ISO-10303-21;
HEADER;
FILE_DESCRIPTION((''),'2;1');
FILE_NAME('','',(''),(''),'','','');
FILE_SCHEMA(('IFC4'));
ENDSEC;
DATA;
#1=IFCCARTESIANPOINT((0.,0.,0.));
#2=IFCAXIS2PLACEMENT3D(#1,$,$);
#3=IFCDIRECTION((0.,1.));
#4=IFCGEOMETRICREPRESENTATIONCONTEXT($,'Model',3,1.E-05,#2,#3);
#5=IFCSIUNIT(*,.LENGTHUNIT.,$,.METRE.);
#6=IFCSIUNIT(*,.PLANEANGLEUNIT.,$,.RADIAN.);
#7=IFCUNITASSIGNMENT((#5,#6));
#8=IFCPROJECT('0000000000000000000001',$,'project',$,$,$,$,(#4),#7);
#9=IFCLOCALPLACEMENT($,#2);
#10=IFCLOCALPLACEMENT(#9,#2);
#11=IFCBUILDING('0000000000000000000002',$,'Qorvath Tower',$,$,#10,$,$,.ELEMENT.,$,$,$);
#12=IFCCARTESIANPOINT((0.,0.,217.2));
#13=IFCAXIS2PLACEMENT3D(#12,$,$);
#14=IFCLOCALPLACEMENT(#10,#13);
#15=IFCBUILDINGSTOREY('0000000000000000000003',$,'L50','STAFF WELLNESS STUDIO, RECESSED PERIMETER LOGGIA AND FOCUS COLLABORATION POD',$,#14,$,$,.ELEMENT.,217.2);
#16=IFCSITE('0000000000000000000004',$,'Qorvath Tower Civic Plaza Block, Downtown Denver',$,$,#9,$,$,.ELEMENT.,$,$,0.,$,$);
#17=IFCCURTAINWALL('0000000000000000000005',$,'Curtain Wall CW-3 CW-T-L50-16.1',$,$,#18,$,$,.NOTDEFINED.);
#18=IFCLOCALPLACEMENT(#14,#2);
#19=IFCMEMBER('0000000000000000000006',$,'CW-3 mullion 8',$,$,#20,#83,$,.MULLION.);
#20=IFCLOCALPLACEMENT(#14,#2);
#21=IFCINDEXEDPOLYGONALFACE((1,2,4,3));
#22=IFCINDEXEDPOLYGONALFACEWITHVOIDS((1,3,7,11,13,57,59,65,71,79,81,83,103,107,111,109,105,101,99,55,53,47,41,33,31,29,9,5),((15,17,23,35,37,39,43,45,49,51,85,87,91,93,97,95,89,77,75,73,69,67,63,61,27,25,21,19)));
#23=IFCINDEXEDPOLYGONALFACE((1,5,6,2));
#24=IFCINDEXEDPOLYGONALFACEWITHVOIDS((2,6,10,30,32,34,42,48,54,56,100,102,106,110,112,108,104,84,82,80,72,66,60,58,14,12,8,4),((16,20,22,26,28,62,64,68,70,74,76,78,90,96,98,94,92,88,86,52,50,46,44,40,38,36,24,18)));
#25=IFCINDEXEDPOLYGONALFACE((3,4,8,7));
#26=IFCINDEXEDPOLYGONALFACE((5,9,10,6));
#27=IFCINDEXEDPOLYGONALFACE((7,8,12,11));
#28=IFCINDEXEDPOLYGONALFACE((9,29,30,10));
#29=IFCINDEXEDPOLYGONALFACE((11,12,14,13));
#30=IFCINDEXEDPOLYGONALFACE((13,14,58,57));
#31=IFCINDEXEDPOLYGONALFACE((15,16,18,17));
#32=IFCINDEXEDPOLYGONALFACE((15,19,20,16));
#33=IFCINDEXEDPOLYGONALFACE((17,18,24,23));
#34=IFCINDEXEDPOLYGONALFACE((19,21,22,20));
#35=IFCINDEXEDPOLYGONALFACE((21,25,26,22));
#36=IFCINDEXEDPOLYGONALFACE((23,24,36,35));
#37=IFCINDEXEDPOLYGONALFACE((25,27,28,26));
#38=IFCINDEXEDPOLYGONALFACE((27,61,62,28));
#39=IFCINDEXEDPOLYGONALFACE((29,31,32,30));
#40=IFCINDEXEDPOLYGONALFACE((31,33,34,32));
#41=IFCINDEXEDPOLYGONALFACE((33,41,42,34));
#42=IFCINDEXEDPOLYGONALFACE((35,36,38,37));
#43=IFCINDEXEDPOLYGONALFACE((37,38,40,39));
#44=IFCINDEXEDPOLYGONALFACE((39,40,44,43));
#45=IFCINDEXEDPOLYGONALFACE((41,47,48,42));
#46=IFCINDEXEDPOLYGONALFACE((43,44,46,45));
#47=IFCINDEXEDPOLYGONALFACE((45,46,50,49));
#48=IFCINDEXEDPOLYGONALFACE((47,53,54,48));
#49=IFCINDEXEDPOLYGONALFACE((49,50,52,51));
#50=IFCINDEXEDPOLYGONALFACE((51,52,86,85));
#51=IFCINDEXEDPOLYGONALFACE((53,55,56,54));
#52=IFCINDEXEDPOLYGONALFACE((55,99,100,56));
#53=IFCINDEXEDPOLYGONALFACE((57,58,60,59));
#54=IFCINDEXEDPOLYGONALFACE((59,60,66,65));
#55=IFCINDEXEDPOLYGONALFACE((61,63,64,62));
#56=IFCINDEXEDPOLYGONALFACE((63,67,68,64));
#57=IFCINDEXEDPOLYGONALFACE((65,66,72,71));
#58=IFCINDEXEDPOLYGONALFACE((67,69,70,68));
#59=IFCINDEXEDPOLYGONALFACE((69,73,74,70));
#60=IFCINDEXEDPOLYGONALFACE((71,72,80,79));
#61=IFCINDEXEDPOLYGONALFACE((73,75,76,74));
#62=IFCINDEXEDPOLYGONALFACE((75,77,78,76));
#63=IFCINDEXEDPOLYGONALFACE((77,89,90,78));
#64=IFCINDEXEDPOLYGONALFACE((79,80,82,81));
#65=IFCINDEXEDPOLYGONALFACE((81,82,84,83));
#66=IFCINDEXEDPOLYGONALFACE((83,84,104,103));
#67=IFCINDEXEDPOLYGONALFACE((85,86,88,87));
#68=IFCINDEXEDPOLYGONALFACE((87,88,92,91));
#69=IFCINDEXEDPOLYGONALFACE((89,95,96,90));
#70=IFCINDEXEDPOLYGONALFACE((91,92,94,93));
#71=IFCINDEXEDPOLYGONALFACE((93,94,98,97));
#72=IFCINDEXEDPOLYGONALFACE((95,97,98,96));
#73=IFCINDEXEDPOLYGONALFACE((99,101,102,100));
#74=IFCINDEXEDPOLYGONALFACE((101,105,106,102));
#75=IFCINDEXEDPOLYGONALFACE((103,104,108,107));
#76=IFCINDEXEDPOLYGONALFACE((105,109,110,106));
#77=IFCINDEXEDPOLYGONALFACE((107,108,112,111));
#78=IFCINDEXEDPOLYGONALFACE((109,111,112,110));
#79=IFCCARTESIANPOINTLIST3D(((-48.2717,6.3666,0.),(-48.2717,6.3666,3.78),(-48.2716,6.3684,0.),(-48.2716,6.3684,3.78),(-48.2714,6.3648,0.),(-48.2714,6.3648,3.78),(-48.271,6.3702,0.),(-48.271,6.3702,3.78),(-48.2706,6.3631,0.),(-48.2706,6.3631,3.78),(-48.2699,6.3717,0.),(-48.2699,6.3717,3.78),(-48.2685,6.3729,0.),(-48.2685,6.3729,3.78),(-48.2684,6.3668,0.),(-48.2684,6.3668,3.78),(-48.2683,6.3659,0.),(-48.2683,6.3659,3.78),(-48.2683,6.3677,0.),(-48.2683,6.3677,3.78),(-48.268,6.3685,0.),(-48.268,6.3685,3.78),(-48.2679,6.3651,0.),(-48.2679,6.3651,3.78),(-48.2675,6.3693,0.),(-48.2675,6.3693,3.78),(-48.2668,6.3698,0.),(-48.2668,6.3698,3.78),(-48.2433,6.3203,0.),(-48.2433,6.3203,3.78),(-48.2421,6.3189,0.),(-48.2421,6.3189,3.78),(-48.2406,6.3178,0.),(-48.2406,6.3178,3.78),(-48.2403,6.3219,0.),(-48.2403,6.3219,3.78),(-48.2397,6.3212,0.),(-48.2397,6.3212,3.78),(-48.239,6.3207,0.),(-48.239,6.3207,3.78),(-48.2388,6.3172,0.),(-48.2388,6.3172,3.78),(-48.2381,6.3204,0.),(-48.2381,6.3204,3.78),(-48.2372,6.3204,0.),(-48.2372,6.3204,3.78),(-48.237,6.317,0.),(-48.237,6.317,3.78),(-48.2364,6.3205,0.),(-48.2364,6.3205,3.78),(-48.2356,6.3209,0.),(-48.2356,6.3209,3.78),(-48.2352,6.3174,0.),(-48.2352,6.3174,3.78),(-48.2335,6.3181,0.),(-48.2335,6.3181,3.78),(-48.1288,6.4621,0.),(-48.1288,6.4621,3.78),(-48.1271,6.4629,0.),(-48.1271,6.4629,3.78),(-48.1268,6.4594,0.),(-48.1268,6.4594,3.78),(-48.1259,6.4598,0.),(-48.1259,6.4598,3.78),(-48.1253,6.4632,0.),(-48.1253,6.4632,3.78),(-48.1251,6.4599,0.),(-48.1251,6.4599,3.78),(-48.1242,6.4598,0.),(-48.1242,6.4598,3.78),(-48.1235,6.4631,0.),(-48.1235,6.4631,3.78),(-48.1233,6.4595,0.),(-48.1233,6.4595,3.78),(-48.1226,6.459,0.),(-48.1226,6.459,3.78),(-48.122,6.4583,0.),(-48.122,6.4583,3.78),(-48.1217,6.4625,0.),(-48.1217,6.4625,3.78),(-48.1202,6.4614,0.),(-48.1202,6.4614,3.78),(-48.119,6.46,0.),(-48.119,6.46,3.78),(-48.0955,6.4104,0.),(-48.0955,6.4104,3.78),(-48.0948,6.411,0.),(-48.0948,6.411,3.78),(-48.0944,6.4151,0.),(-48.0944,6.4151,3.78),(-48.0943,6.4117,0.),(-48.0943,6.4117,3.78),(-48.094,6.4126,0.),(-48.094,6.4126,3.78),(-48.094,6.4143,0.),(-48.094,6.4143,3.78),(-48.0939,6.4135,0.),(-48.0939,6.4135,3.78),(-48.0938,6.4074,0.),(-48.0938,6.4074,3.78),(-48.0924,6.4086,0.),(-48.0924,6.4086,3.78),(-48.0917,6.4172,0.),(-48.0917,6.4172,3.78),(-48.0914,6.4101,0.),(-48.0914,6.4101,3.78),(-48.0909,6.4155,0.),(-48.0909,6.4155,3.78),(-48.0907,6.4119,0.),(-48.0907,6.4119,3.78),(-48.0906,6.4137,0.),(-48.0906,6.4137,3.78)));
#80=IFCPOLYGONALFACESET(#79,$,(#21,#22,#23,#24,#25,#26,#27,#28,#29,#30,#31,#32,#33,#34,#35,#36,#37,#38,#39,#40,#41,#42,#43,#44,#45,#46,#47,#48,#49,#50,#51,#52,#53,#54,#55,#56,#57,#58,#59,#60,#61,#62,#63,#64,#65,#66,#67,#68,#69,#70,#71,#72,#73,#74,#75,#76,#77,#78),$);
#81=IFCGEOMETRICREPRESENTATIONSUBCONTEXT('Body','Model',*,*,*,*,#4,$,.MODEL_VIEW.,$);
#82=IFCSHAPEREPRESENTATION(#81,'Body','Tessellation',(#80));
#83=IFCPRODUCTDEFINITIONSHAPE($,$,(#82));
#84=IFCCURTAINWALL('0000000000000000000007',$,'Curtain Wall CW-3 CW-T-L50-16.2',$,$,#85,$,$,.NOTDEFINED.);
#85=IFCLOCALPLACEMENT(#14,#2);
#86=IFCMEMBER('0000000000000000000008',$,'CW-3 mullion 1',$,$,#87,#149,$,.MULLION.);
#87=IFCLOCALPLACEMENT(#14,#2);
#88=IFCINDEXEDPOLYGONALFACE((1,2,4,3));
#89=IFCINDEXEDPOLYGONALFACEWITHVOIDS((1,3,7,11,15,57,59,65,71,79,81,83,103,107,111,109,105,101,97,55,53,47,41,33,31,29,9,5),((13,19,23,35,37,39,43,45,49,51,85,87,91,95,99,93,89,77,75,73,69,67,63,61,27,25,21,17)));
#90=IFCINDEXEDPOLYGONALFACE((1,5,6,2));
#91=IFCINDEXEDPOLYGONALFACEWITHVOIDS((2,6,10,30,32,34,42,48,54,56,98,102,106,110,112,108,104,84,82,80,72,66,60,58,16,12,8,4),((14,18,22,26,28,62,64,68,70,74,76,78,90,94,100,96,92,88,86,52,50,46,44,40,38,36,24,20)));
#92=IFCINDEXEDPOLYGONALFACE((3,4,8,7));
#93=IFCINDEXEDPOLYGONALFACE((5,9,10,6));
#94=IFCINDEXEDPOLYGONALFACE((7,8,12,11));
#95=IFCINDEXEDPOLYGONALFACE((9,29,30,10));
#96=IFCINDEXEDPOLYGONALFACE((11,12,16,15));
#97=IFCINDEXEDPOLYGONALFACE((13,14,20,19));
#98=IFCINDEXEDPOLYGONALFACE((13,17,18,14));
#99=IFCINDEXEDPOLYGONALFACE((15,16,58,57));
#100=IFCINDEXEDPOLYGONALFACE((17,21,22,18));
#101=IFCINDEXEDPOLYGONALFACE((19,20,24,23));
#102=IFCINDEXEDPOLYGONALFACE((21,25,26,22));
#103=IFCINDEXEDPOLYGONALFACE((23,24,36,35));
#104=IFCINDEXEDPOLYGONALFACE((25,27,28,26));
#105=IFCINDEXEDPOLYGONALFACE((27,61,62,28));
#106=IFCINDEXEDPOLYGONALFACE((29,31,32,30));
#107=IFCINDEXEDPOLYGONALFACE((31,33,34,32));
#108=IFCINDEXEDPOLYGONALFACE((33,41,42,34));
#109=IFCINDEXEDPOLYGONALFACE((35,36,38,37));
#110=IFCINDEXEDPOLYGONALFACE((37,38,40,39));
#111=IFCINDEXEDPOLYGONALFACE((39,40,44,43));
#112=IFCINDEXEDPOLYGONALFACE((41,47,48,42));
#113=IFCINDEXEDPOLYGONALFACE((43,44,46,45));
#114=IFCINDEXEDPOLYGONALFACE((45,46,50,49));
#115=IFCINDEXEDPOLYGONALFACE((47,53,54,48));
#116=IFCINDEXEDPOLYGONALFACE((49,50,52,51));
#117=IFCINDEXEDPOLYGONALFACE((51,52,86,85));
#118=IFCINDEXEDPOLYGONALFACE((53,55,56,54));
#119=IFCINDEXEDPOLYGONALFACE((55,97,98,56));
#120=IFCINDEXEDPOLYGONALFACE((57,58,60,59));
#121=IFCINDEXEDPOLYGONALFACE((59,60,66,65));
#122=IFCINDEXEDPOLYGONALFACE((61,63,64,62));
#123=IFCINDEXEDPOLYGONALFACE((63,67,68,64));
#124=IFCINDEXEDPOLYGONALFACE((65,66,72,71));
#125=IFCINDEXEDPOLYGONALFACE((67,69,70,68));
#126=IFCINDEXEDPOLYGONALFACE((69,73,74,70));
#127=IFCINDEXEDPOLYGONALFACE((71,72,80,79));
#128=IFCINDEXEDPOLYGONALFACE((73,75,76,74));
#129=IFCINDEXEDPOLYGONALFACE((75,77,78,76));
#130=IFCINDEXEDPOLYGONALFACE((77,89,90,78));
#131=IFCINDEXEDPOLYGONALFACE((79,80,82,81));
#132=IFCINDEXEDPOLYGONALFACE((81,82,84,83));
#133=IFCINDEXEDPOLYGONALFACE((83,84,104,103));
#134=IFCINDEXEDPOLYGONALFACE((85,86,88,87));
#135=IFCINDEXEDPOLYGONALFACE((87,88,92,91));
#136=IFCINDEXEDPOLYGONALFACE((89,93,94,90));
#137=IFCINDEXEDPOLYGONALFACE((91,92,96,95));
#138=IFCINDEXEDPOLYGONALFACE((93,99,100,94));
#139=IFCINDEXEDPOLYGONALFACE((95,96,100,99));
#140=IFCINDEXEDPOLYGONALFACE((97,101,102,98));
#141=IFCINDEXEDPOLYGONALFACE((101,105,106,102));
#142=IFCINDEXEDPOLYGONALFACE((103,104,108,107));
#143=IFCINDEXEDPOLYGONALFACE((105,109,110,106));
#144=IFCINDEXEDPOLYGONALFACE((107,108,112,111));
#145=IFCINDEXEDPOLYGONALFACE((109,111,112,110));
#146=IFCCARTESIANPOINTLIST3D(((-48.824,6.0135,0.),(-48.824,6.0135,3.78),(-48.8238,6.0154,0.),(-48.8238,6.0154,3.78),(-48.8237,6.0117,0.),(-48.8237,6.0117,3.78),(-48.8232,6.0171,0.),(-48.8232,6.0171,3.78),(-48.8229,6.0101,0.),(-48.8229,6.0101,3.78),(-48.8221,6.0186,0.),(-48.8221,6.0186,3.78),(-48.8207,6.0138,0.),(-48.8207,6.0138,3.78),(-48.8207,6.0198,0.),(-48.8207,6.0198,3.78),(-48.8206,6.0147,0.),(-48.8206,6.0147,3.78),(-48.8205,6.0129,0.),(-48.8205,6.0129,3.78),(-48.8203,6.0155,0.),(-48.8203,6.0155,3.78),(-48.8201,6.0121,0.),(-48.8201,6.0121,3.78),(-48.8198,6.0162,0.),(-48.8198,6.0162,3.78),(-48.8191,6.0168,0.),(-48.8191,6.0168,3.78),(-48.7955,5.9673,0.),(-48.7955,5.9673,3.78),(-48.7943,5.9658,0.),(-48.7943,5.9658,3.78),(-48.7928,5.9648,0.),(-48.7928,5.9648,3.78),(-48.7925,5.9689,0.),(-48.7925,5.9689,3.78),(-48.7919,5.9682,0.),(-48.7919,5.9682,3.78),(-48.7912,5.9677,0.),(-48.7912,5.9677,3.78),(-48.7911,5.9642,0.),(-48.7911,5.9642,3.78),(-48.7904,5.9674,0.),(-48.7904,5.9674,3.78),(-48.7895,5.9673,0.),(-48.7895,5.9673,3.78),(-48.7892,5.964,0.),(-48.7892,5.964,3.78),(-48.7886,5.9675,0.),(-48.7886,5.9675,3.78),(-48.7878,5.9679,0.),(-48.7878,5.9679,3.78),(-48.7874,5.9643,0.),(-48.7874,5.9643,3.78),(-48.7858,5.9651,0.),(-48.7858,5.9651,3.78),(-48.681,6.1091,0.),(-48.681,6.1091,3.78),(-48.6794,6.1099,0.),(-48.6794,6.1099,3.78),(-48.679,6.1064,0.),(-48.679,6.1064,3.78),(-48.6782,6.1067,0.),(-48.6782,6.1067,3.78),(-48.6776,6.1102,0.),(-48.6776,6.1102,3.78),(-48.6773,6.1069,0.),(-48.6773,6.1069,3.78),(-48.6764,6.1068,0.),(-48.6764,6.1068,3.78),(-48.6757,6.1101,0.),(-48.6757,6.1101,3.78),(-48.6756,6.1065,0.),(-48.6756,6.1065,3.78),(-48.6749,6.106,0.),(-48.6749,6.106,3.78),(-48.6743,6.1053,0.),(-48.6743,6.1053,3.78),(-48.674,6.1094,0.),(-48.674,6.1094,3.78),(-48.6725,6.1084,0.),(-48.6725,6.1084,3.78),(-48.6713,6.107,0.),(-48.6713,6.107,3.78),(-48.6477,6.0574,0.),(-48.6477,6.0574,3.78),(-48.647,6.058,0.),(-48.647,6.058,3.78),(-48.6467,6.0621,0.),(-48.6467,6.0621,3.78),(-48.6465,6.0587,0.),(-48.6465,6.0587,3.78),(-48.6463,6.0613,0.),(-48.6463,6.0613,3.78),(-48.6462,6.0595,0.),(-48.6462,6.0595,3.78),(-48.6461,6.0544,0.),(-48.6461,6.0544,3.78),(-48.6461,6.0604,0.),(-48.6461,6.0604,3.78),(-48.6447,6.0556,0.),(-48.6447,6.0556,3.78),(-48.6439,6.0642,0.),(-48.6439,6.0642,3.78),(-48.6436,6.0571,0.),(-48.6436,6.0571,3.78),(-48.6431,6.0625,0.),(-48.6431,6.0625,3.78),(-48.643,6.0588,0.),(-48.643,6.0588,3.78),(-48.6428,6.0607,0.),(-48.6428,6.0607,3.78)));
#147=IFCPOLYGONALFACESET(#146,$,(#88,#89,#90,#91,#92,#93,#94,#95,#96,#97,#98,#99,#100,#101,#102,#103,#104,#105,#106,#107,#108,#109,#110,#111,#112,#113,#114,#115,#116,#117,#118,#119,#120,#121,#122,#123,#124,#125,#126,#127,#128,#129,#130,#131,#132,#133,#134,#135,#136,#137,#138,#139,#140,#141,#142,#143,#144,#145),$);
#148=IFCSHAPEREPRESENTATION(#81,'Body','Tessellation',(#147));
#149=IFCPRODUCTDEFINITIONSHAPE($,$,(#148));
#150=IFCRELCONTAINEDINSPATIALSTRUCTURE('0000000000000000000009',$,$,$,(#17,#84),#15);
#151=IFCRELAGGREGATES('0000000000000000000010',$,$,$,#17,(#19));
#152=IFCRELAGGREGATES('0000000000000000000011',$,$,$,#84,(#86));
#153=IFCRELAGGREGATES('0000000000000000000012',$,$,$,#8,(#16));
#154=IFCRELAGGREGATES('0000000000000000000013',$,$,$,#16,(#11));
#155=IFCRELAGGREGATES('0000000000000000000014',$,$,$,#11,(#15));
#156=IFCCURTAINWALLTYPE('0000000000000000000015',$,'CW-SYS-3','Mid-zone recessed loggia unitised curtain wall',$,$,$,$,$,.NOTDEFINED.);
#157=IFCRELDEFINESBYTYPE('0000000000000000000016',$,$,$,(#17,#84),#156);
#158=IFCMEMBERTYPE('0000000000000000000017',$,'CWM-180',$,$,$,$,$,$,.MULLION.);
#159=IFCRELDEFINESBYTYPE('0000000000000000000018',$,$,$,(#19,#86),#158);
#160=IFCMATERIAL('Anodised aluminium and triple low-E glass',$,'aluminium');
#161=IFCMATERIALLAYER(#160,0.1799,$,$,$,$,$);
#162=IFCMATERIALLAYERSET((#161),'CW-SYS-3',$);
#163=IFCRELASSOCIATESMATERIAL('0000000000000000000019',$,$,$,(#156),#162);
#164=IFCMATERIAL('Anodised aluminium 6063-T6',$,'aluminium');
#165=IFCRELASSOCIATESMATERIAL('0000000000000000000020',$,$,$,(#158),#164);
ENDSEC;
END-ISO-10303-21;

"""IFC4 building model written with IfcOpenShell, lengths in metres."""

from ifc_helpers import new_model, si_unit, direction, frame, origin, origin_2d, place, context, subcontext, project, spatial, hollow_rectangle, extrude, material, layer, layer_set, material_profile, profile_set, type_object, element, aggregate, save


model = new_model("IFC4")

# Units and contexts
model_context = context("Model", 3, precision=1e-05, world=origin(), true_north=direction((0.0, 1.0)))
body_context = subcontext(model_context, "Body", "Model", "MODEL_VIEW")
ifc_project = project(units=[si_unit("LENGTHUNIT", "METRE"), si_unit("PLANEANGLEUNIT", "RADIAN")], contexts=[model_context])

# Site, building, storey
site_placement = place(None, origin())
site = spatial("IfcSite", under=ifc_project, at=site_placement, Name="Qorvath Tower Civic Plaza Block, Downtown Denver", CompositionType="ELEMENT", RefElevation=0.0)
building_placement = place(site_placement, origin())
building = spatial("IfcBuilding", under=site, at=building_placement, Name="Qorvath Tower", CompositionType="ELEMENT")
storey_placement = place(building_placement, frame((0.0, 0.0, 217.2)))
storey = spatial("IfcBuildingStorey", under=building, at=storey_placement, Name="L50", Description="STAFF WELLNESS STUDIO, RECESSED PERIMETER LOGGIA AND FOCUS COLLABORATION POD", CompositionType="ELEMENT", Elevation=217.2)

# Curtain walls, members
ifc_material_1 = material(Name="Anodised aluminium and triple low-E glass", Category="aluminium")
ifc_layer_1 = layer(ifc_material_1, 0.1799)
ifc_layer_set_1 = layer_set([ifc_layer_1], Name="CW-SYS-3")
curtain_wall_type = type_object("IfcCurtainWallType", Name="CW-SYS-3", Description="Mid-zone recessed loggia unitised curtain wall", PredefinedType="NOTDEFINED", material=ifc_layer_set_1)
curtain_wall_1_placement = place(storey_placement, origin())
curtain_wall_1 = element("IfcCurtainWall", 1, at=curtain_wall_1_placement, inside=storey, type_object=curtain_wall_type, Name="Curtain Wall CW-3 CW-T-L50-16.1", PredefinedType="NOTDEFINED")
ifc_material_2 = material(Name="Anodised aluminium 6063-T6", Category="aluminium")
ifc_material_profile_1 = material_profile(ifc_material_2, hollow_rectangle(XDim=0.0649, YDim=0.1799, WallThickness=0.0034, InnerFilletRadius=0.0034, OuterFilletRadius=0.0071, at=origin_2d()), Name="CWM 180x65")
ifc_profile_set_1 = profile_set([ifc_material_profile_1], Name="Anodised aluminium 6063-T6")
member_type_1 = type_object("IfcMemberType", Name="CWM-180", PredefinedType="MULLION", material=ifc_profile_set_1)
member_1_placement = place(storey_placement, frame((-48.1812, 6.3901, 0.0), z_axis=(0.0, 0.0, 1.0), x_axis=(0.538535, -0.842603, 0.0)))
member_1 = element("IfcMember", 2, at=member_1_placement, type_object=member_type_1, Name="CW-3 mullion 8", PredefinedType="MULLION", context=body_context, shape_type="SweptSolid", body=[
    extrude(hollow_rectangle(XDim=0.0649, YDim=0.1799, WallThickness=0.0034, InnerFilletRadius=0.0034, OuterFilletRadius=0.0071, at=origin_2d()), origin(), (0.0, 0.0, 1.0), 3.78),
])
curtain_wall_2_placement = place(storey_placement, origin())
curtain_wall_2 = element("IfcCurtainWall", 3, at=curtain_wall_2_placement, inside=storey, type_object=curtain_wall_type, Name="Curtain Wall CW-3 CW-T-L50-16.2", PredefinedType="NOTDEFINED")
member_2_placement = place(storey_placement, frame((-48.7334, 6.0371, 0.0), z_axis=(0.0, 0.0, 1.0), x_axis=(0.538553, -0.842592, 0.0)))
member_2 = element("IfcMember", 4, at=member_2_placement, type_object=member_type_1, Name="CW-3 mullion 1", PredefinedType="MULLION", context=body_context, shape_type="SweptSolid", body=[
    extrude(hollow_rectangle(XDim=0.0649, YDim=0.1799, WallThickness=0.0034, InnerFilletRadius=0.0034, OuterFilletRadius=0.0071, at=origin_2d()), origin(), (0.0, 0.0, 1.0), 3.78),
])

aggregate(curtain_wall_1, [member_1])
aggregate(curtain_wall_2, [member_2])

save(model, "model.ifc")
